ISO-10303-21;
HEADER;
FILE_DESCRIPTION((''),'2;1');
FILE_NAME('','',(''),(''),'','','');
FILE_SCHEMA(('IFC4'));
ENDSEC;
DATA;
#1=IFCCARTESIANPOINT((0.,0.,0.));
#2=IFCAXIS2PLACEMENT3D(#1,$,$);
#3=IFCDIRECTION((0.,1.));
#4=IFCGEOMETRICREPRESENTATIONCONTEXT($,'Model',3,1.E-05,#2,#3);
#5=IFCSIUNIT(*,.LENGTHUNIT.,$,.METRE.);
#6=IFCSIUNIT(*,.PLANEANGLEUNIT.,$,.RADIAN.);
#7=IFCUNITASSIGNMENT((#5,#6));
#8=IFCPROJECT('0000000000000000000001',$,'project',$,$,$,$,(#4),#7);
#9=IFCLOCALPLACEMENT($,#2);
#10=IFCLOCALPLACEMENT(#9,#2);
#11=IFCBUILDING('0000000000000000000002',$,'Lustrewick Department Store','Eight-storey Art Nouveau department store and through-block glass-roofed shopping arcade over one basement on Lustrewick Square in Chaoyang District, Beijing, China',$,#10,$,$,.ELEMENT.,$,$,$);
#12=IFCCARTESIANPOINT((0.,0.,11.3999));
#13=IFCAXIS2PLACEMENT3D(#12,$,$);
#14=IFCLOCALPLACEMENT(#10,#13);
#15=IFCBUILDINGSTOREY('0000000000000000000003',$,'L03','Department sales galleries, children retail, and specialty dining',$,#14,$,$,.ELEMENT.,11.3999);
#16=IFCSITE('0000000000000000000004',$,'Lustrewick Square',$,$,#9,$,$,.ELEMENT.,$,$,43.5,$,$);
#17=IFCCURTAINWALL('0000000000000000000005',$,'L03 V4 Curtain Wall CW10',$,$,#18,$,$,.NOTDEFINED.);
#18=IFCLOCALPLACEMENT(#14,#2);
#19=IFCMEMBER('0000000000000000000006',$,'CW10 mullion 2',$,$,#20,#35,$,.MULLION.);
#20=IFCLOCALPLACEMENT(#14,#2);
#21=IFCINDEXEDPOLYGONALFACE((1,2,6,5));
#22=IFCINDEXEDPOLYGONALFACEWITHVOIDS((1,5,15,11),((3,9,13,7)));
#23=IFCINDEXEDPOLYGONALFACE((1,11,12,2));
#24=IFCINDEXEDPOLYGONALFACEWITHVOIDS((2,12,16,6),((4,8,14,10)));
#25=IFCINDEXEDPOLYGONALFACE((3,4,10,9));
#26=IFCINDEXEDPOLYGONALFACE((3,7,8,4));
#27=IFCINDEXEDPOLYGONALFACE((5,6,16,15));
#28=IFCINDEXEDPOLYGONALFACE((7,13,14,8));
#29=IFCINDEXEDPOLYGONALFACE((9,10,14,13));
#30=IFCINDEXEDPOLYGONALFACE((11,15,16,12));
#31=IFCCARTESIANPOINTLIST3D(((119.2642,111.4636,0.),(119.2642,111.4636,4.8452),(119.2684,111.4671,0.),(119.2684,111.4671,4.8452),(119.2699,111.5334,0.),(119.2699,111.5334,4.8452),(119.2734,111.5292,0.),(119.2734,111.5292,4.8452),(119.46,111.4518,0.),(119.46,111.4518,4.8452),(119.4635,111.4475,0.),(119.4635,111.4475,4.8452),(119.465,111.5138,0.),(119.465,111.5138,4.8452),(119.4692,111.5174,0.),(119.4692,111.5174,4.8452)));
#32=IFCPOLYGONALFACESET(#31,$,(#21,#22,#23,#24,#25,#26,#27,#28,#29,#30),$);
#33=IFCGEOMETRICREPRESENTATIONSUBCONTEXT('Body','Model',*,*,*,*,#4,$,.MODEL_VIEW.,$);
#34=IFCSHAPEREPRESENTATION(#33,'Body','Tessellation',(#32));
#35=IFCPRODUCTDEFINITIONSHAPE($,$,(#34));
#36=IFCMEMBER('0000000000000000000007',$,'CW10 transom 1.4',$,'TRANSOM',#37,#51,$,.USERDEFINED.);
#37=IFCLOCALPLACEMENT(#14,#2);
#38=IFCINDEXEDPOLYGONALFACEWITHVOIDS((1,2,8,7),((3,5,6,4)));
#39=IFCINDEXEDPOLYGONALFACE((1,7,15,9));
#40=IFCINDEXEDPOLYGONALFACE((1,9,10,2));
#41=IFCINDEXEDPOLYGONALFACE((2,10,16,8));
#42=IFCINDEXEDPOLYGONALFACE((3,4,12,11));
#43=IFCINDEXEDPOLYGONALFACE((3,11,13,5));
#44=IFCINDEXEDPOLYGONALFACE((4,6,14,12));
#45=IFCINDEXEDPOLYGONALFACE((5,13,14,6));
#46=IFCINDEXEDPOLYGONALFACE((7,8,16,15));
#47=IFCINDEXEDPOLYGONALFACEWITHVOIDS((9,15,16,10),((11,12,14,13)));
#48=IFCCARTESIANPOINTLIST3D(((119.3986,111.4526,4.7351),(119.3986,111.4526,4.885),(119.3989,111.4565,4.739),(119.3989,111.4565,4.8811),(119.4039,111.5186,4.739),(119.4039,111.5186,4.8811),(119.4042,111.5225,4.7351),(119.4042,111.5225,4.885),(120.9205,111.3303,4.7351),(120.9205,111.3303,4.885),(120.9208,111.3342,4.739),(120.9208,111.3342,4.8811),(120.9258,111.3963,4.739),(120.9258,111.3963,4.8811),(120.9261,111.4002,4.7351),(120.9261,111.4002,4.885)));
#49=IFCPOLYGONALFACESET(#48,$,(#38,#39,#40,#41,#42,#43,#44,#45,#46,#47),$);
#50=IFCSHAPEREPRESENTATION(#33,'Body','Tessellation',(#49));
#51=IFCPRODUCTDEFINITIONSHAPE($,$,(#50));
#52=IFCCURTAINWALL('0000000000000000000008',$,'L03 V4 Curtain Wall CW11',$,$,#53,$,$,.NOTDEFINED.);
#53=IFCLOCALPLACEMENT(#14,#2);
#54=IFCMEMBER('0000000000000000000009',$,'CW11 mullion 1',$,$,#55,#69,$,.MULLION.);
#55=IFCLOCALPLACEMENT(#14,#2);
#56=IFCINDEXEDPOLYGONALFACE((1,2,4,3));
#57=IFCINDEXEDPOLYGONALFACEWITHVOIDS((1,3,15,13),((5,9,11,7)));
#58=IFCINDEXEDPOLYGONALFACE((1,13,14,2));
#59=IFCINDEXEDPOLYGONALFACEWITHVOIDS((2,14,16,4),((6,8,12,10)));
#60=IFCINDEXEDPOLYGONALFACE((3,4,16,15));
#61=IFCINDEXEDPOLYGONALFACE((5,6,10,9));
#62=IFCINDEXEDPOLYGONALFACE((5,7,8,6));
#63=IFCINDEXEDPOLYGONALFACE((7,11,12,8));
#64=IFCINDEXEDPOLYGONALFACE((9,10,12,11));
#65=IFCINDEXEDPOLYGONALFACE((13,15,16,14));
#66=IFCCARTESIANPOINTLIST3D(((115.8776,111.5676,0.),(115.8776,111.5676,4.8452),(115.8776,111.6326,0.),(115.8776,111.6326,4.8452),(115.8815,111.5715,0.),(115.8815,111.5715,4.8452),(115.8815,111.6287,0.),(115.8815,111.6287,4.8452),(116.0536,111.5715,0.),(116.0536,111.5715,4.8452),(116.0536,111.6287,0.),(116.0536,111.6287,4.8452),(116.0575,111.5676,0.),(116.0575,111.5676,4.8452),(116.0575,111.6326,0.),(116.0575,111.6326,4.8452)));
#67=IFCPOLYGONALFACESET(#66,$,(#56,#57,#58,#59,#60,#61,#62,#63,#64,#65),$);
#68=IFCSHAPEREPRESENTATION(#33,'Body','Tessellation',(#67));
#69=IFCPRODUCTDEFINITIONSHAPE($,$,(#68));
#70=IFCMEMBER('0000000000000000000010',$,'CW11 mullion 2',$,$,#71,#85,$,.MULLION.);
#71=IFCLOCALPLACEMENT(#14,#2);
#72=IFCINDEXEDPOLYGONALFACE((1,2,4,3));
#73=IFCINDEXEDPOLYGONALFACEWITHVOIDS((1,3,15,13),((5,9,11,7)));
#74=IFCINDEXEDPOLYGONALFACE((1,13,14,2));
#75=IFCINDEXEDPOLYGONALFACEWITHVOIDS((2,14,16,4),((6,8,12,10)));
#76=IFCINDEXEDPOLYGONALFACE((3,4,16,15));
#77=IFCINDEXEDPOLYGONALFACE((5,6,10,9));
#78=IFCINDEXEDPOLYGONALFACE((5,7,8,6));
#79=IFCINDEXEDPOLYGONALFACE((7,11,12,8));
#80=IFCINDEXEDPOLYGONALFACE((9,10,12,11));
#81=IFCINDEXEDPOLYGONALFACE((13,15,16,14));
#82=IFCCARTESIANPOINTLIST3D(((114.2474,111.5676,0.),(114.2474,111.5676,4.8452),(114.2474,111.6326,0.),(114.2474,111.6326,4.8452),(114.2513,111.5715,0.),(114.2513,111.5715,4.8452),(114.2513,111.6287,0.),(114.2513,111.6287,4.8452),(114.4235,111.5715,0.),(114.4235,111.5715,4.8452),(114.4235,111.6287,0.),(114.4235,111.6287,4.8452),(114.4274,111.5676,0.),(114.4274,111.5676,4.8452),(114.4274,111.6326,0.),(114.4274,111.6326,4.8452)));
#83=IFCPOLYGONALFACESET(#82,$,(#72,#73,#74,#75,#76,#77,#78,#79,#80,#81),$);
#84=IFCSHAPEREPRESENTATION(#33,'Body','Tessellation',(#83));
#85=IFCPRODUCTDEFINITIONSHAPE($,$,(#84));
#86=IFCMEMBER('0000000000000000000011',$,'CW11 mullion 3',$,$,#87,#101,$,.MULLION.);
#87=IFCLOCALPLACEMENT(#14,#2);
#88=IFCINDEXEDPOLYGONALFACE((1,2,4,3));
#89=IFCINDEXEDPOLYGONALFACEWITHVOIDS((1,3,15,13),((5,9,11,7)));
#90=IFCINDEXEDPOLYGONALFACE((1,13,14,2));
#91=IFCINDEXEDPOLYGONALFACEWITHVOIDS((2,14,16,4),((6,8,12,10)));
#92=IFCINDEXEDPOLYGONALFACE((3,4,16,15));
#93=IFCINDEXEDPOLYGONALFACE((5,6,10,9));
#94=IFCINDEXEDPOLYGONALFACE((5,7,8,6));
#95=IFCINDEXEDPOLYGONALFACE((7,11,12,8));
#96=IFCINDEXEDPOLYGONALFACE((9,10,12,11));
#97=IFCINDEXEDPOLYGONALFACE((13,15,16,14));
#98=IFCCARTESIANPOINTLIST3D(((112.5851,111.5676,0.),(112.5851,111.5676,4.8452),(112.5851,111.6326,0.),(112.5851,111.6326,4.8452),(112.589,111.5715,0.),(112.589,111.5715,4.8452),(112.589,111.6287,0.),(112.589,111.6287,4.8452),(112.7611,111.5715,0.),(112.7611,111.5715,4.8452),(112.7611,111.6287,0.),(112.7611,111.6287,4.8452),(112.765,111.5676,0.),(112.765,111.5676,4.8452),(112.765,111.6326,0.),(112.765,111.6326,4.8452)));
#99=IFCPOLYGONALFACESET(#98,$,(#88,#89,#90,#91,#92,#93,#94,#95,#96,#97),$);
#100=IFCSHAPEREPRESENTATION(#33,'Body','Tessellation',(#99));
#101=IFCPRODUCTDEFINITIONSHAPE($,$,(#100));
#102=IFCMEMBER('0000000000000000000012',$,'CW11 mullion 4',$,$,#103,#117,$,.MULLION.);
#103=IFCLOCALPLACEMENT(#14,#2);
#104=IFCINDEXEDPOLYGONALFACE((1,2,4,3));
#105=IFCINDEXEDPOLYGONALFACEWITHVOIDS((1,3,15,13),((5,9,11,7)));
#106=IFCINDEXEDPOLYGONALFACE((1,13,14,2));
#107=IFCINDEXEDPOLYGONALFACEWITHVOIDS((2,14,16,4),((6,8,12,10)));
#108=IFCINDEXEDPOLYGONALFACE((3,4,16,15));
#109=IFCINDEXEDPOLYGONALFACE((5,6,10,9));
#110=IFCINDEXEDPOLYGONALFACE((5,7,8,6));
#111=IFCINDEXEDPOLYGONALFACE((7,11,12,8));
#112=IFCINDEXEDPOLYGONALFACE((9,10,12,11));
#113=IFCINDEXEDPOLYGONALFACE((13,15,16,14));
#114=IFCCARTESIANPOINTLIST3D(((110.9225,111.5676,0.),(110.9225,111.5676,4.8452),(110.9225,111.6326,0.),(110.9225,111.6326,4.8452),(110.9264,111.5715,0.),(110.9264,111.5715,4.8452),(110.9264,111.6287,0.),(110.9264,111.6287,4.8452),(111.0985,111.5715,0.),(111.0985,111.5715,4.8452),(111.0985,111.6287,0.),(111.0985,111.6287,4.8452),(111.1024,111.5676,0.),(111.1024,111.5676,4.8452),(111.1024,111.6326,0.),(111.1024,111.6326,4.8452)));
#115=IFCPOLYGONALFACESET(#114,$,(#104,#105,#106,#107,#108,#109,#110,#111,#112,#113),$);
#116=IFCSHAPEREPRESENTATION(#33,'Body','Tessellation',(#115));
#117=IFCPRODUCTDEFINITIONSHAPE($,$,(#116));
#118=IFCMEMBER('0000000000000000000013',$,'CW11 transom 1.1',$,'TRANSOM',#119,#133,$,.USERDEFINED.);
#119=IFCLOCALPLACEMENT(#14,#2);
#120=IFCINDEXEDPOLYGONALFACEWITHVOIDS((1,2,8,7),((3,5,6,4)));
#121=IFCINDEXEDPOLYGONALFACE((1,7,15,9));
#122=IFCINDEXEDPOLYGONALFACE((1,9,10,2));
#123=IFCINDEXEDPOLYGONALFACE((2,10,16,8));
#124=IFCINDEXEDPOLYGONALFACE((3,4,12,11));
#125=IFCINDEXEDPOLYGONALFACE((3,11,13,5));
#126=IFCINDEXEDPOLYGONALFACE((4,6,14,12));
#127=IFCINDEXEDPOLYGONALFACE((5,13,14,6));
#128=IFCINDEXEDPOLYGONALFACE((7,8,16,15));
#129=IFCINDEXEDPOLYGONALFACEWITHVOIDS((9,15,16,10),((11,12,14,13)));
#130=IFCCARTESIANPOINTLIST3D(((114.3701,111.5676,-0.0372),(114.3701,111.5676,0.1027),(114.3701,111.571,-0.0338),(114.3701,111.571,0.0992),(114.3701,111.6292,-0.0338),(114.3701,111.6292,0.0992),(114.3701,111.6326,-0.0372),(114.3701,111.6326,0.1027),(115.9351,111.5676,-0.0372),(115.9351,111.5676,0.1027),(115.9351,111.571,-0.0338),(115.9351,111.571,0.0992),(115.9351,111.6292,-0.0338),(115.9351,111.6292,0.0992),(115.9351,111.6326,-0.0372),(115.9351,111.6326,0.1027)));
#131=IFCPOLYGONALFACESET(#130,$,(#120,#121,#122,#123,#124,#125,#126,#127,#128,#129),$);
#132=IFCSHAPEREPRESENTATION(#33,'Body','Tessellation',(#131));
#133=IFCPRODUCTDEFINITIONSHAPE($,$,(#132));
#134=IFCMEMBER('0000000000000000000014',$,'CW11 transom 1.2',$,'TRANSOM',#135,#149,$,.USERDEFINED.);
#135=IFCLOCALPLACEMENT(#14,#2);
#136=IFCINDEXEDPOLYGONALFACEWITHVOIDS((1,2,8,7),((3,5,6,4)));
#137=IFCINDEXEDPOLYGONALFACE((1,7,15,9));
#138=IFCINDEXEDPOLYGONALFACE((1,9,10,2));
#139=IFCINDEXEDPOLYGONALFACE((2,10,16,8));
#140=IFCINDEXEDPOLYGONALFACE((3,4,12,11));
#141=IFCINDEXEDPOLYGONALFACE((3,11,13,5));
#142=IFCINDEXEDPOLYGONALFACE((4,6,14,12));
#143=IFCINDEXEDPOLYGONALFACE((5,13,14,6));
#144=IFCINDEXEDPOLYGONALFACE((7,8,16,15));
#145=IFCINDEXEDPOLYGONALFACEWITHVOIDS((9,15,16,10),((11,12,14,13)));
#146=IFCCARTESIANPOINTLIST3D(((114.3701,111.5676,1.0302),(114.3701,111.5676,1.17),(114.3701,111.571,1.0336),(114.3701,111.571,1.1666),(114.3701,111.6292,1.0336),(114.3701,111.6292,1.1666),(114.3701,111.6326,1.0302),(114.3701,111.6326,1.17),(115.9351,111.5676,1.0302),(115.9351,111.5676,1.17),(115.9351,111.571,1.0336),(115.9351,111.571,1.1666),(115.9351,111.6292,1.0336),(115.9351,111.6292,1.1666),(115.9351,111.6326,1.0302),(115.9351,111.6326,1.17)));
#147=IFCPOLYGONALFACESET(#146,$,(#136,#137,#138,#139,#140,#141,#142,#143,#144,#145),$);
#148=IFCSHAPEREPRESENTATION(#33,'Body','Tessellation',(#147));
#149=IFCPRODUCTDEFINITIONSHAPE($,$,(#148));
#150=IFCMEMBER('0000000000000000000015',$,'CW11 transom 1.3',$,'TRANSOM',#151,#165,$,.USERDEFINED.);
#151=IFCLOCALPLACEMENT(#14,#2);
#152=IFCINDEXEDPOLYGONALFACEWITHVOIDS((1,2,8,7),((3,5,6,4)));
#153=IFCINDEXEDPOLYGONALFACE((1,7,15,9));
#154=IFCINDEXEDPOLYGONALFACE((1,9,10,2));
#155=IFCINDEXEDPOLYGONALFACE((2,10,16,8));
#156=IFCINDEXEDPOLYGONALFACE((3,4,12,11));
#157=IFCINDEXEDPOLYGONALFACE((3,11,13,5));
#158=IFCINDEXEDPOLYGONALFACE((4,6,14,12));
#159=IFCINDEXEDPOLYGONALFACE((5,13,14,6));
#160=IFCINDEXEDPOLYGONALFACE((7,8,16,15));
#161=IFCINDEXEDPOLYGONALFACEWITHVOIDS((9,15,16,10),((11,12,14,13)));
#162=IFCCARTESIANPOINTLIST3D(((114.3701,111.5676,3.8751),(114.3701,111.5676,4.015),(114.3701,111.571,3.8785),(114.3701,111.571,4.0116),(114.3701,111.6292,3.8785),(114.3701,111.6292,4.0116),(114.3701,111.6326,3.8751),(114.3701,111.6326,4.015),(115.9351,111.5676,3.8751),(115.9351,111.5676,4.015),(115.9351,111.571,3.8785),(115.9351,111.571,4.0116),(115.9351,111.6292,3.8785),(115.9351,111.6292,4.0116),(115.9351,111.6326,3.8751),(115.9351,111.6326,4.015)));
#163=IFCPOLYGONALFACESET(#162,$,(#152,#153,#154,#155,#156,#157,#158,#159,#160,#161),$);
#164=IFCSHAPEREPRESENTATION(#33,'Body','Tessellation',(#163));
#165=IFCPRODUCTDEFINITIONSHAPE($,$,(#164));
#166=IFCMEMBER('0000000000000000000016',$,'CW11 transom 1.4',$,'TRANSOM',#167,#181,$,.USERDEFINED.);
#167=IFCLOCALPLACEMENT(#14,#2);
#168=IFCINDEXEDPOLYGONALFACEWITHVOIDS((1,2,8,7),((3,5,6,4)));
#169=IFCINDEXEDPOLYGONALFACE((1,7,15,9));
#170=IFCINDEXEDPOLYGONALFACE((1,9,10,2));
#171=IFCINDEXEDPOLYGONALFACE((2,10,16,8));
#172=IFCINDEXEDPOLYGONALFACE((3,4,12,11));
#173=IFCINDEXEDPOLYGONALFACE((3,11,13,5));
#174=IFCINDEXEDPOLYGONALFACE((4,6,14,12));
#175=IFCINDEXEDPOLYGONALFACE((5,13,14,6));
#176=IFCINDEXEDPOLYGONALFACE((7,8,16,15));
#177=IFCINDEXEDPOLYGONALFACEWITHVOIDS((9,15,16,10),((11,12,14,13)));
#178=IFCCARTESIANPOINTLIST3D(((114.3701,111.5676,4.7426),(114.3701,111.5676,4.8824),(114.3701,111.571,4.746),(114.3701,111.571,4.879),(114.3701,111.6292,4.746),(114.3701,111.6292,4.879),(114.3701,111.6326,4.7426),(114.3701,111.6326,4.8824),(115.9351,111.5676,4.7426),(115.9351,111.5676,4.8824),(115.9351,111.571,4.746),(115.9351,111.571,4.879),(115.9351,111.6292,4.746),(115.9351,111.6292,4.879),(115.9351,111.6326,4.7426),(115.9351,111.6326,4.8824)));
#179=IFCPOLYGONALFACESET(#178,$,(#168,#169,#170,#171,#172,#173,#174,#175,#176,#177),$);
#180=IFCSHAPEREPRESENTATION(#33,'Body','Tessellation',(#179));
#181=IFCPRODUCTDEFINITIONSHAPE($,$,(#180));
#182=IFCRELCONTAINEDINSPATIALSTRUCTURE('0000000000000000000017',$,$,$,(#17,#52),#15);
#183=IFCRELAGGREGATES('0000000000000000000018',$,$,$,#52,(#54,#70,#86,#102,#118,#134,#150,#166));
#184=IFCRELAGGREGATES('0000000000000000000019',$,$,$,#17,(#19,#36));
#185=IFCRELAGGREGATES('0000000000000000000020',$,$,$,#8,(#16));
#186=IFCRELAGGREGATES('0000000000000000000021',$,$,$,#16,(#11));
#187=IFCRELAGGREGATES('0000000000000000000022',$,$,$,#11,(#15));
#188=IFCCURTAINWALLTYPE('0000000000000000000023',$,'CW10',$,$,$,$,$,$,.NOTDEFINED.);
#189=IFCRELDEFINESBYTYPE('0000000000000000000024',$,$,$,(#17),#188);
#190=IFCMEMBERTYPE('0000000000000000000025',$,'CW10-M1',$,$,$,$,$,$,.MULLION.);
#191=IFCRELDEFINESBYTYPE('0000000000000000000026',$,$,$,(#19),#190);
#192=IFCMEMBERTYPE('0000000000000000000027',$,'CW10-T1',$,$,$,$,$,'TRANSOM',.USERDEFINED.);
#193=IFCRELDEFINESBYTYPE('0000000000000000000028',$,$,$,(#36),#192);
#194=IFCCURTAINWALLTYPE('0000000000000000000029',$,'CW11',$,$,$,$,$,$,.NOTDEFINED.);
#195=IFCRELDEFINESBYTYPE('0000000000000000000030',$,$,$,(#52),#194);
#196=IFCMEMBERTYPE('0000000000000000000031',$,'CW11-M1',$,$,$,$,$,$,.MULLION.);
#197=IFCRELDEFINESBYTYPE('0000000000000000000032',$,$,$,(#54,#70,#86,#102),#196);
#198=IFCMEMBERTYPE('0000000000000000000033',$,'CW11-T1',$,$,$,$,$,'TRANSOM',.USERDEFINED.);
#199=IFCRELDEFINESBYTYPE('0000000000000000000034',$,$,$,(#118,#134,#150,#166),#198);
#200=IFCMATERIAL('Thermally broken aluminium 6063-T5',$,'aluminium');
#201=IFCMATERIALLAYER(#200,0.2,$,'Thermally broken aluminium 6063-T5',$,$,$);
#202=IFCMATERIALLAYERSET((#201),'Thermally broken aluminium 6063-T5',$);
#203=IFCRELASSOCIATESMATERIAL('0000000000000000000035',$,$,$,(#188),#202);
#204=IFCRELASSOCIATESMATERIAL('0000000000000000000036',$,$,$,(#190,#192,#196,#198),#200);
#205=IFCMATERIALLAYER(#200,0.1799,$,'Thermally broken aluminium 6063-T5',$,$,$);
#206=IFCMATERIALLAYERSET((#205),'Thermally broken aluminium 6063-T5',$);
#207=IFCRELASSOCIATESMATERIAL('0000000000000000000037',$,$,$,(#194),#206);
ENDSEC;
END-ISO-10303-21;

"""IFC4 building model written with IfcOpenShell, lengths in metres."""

from ifc_helpers import new_model, si_unit, direction, frame, origin, origin_2d, place, context, subcontext, project, spatial, hollow_rectangle, extrude, material, layer, layer_set, material_profile, profile_set, type_object, element, aggregate, save


model = new_model("IFC4")

# Units and contexts
model_context = context("Model", 3, precision=1e-05, world=origin(), true_north=direction((0.0, 1.0)))
body_context = subcontext(model_context, "Body", "Model", "MODEL_VIEW")
ifc_project = project(units=[si_unit("LENGTHUNIT", "METRE"), si_unit("PLANEANGLEUNIT", "RADIAN")], contexts=[model_context])

# Site, building, storey
site_placement = place(None, origin())
site = spatial("IfcSite", under=ifc_project, at=site_placement, Name="Lustrewick Square", CompositionType="ELEMENT", RefElevation=43.5)
building_placement = place(site_placement, origin())
building = spatial("IfcBuilding", under=site, at=building_placement, Name="Lustrewick Department Store", Description="Eight-storey Art Nouveau department store and through-block glass-roofed shopping arcade over one basement on Lustrewick Square in Chaoyang District, Beijing, China", CompositionType="ELEMENT")
storey_placement = place(building_placement, frame((0.0, 0.0, 11.3999)))
storey = spatial("IfcBuildingStorey", under=building, at=storey_placement, Name="L03", Description="Department sales galleries, children retail, and specialty dining", CompositionType="ELEMENT", Elevation=11.3999)

# Curtain wall, members
ifc_material_1 = material(Name="Thermally broken aluminium 6063-T5", Category="aluminium")
ifc_layer_1 = layer(ifc_material_1, 0.2, Name="Thermally broken aluminium 6063-T5")
ifc_layer_set_1 = layer_set([ifc_layer_1], Name="Thermally broken aluminium 6063-T5")
curtain_wall_type_1 = type_object("IfcCurtainWallType", Name="CW10", PredefinedType="NOTDEFINED", material=ifc_layer_set_1)
curtain_wall_1_placement = place(storey_placement, origin())
curtain_wall_1 = element("IfcCurtainWall", 1, at=curtain_wall_1_placement, inside=storey, type_object=curtain_wall_type_1, Name="L03 V4 Curtain Wall CW10", PredefinedType="NOTDEFINED")
ifc_material_profile_1 = material_profile(ifc_material_1, hollow_rectangle(XDim=0.0701, YDim=0.2, WallThickness=0.0039, at=origin_2d()), Name="ALU-M 70x200x4")
ifc_profile_set_1 = profile_set([ifc_material_profile_1], Name="Thermally broken aluminium 6063-T5")
member_type_1 = type_object("IfcMemberType", Name="CW10-M1", PredefinedType="MULLION", material=ifc_profile_set_1)
member_1_placement = place(storey_placement, frame((119.3667, 111.4905, 0.0), z_axis=(0.0, 0.0, 1.0), x_axis=(-0.080091, -0.996788, 0.0)))
member_1 = element("IfcMember", 2, at=member_1_placement, type_object=member_type_1, Name="CW10 mullion 2", PredefinedType="MULLION", context=body_context, shape_type="SweptSolid", body=[
    extrude(hollow_rectangle(XDim=0.0701, YDim=0.2, WallThickness=0.0039, at=origin_2d()), origin(), (0.0, 0.0, 1.0), 4.8452),
])
ifc_material_profile_2 = material_profile(ifc_material_1, hollow_rectangle(XDim=0.0701, YDim=0.1499, WallThickness=0.0039, at=origin_2d()), Name="ALU-T 70x150x4")
ifc_profile_set_2 = profile_set([ifc_material_profile_2], Name="Thermally broken aluminium 6063-T5")
member_type_2 = type_object("IfcMemberType", Name="CW10-T1", ElementType="TRANSOM", PredefinedType="USERDEFINED", material=ifc_profile_set_2)
member_2_placement = place(storey_placement, frame((120.9233, 111.3652, 4.8101), z_axis=(-0.996786, 0.080107, 0.0), x_axis=(-0.080107, -0.996786, 0.0)))
member_2 = element("IfcMember", 3, at=member_2_placement, type_object=member_type_2, Name="CW10 transom 1.4", ObjectType="TRANSOM", PredefinedType="USERDEFINED", context=body_context, shape_type="SweptSolid", body=[
    extrude(hollow_rectangle(XDim=0.0701, YDim=0.1499, WallThickness=0.0039, at=origin_2d()), origin(), (0.0, 0.0, 1.0), 1.5269),
])

# Curtain wall, members
ifc_layer_2 = layer(ifc_material_1, 0.1799, Name="Thermally broken aluminium 6063-T5")
ifc_layer_set_2 = layer_set([ifc_layer_2], Name="Thermally broken aluminium 6063-T5")
curtain_wall_type_2 = type_object("IfcCurtainWallType", Name="CW11", PredefinedType="NOTDEFINED", material=ifc_layer_set_2)
curtain_wall_2_placement = place(storey_placement, origin())
curtain_wall_2 = element("IfcCurtainWall", 4, at=curtain_wall_2_placement, inside=storey, type_object=curtain_wall_type_2, Name="L03 V4 Curtain Wall CW11", PredefinedType="NOTDEFINED")
ifc_material_profile_3 = material_profile(ifc_material_1, hollow_rectangle(XDim=0.0649, YDim=0.1799, WallThickness=0.0039, at=origin_2d()), Name="ALU-M 65x180x4")
ifc_profile_set_3 = profile_set([ifc_material_profile_3], Name="Thermally broken aluminium 6063-T5")
member_type_3 = type_object("IfcMemberType", Name="CW11-M1", PredefinedType="MULLION", material=ifc_profile_set_3)
member_3_placement = place(storey_placement, frame((115.9675, 111.6001, 0.0), z_axis=(0.0, 0.0, 1.0), x_axis=(0.0, -1.0, 0.0)))
member_3 = element("IfcMember", 5, at=member_3_placement, type_object=member_type_3, Name="CW11 mullion 1", PredefinedType="MULLION", context=body_context, shape_type="SweptSolid", body=[
    extrude(hollow_rectangle(XDim=0.0649, YDim=0.1799, WallThickness=0.0039, at=origin_2d()), origin(), (0.0, 0.0, 1.0), 4.8452),
])
member_4_placement = place(storey_placement, frame((114.3374, 111.6001, 0.0), z_axis=(0.0, 0.0, 1.0), x_axis=(0.0, -1.0, 0.0)))
member_4 = element("IfcMember", 6, at=member_4_placement, type_object=member_type_3, Name="CW11 mullion 2", PredefinedType="MULLION", context=body_context, shape_type="SweptSolid", body=[
    extrude(hollow_rectangle(XDim=0.0649, YDim=0.1799, WallThickness=0.0039, at=origin_2d()), origin(), (0.0, 0.0, 1.0), 4.8452),
])
member_5_placement = place(storey_placement, frame((112.675, 111.6001, 0.0), z_axis=(0.0, 0.0, 1.0), x_axis=(0.0, -1.0, 0.0)))
member_5 = element("IfcMember", 7, at=member_5_placement, type_object=member_type_3, Name="CW11 mullion 3", PredefinedType="MULLION", context=body_context, shape_type="SweptSolid", body=[
    extrude(hollow_rectangle(XDim=0.0649, YDim=0.1799, WallThickness=0.0039, at=origin_2d()), origin(), (0.0, 0.0, 1.0), 4.8452),
])
member_6_placement = place(storey_placement, frame((111.0125, 111.6001, 0.0), z_axis=(0.0, 0.0, 1.0), x_axis=(0.0, -1.0, 0.0)))
member_6 = element("IfcMember", 8, at=member_6_placement, type_object=member_type_3, Name="CW11 mullion 4", PredefinedType="MULLION", context=body_context, shape_type="SweptSolid", body=[
    extrude(hollow_rectangle(XDim=0.0649, YDim=0.1799, WallThickness=0.0039, at=origin_2d()), origin(), (0.0, 0.0, 1.0), 4.8452),
])
ifc_material_profile_4 = material_profile(ifc_material_1, hollow_rectangle(XDim=0.0649, YDim=0.1399, WallThickness=0.0034, at=origin_2d()), Name="ALU-T 65x140x3.5")
ifc_profile_set_4 = profile_set([ifc_material_profile_4], Name="Thermally broken aluminium 6063-T5")
member_type_4 = type_object("IfcMemberType", Name="CW11-T1", ElementType="TRANSOM", PredefinedType="USERDEFINED", material=ifc_profile_set_4)
member_7_placement = place(storey_placement, frame((115.9351, 111.6001, 0.0327), z_axis=(-1.0, 0.0, 0.0), x_axis=(0.0, -1.0, 0.0)))
member_7 = element("IfcMember", 9, at=member_7_placement, type_object=member_type_4, Name="CW11 transom 1.1", ObjectType="TRANSOM", PredefinedType="USERDEFINED", context=body_context, shape_type="SweptSolid", body=[
    extrude(hollow_rectangle(XDim=0.0649, YDim=0.1399, WallThickness=0.0034, at=origin_2d()), origin(), (0.0, 0.0, 1.0), 1.5649),
])
member_8_placement = place(storey_placement, frame((115.9351, 111.6001, 1.1001), z_axis=(-1.0, 0.0, 0.0), x_axis=(0.0, -1.0, 0.0)))
member_8 = element("IfcMember", 10, at=member_8_placement, type_object=member_type_4, Name="CW11 transom 1.2", ObjectType="TRANSOM", PredefinedType="USERDEFINED", context=body_context, shape_type="SweptSolid", body=[
    extrude(hollow_rectangle(XDim=0.0649, YDim=0.1399, WallThickness=0.0034, at=origin_2d()), origin(), (0.0, 0.0, 1.0), 1.5649),
])
member_9_placement = place(storey_placement, frame((115.9351, 111.6001, 3.9451), z_axis=(-1.0, 0.0, 0.0), x_axis=(0.0, -1.0, 0.0)))
member_9 = element("IfcMember", 11, at=member_9_placement, type_object=member_type_4, Name="CW11 transom 1.3", ObjectType="TRANSOM", PredefinedType="USERDEFINED", context=body_context, shape_type="SweptSolid", body=[
    extrude(hollow_rectangle(XDim=0.0649, YDim=0.1399, WallThickness=0.0034, at=origin_2d()), origin(), (0.0, 0.0, 1.0), 1.5649),
])
member_10_placement = place(storey_placement, frame((115.9351, 111.6001, 4.8125), z_axis=(-1.0, 0.0, 0.0), x_axis=(0.0, -1.0, 0.0)))
member_10 = element("IfcMember", 12, at=member_10_placement, type_object=member_type_4, Name="CW11 transom 1.4", ObjectType="TRANSOM", PredefinedType="USERDEFINED", context=body_context, shape_type="SweptSolid", body=[
    extrude(hollow_rectangle(XDim=0.0649, YDim=0.1399, WallThickness=0.0034, at=origin_2d()), origin(), (0.0, 0.0, 1.0), 1.5649),
])
aggregate(curtain_wall_2, [member_3, member_4, member_5, member_6, member_7, member_8, member_9, member_10])

aggregate(curtain_wall_1, [member_1, member_2])

save(model, "model.ifc")
